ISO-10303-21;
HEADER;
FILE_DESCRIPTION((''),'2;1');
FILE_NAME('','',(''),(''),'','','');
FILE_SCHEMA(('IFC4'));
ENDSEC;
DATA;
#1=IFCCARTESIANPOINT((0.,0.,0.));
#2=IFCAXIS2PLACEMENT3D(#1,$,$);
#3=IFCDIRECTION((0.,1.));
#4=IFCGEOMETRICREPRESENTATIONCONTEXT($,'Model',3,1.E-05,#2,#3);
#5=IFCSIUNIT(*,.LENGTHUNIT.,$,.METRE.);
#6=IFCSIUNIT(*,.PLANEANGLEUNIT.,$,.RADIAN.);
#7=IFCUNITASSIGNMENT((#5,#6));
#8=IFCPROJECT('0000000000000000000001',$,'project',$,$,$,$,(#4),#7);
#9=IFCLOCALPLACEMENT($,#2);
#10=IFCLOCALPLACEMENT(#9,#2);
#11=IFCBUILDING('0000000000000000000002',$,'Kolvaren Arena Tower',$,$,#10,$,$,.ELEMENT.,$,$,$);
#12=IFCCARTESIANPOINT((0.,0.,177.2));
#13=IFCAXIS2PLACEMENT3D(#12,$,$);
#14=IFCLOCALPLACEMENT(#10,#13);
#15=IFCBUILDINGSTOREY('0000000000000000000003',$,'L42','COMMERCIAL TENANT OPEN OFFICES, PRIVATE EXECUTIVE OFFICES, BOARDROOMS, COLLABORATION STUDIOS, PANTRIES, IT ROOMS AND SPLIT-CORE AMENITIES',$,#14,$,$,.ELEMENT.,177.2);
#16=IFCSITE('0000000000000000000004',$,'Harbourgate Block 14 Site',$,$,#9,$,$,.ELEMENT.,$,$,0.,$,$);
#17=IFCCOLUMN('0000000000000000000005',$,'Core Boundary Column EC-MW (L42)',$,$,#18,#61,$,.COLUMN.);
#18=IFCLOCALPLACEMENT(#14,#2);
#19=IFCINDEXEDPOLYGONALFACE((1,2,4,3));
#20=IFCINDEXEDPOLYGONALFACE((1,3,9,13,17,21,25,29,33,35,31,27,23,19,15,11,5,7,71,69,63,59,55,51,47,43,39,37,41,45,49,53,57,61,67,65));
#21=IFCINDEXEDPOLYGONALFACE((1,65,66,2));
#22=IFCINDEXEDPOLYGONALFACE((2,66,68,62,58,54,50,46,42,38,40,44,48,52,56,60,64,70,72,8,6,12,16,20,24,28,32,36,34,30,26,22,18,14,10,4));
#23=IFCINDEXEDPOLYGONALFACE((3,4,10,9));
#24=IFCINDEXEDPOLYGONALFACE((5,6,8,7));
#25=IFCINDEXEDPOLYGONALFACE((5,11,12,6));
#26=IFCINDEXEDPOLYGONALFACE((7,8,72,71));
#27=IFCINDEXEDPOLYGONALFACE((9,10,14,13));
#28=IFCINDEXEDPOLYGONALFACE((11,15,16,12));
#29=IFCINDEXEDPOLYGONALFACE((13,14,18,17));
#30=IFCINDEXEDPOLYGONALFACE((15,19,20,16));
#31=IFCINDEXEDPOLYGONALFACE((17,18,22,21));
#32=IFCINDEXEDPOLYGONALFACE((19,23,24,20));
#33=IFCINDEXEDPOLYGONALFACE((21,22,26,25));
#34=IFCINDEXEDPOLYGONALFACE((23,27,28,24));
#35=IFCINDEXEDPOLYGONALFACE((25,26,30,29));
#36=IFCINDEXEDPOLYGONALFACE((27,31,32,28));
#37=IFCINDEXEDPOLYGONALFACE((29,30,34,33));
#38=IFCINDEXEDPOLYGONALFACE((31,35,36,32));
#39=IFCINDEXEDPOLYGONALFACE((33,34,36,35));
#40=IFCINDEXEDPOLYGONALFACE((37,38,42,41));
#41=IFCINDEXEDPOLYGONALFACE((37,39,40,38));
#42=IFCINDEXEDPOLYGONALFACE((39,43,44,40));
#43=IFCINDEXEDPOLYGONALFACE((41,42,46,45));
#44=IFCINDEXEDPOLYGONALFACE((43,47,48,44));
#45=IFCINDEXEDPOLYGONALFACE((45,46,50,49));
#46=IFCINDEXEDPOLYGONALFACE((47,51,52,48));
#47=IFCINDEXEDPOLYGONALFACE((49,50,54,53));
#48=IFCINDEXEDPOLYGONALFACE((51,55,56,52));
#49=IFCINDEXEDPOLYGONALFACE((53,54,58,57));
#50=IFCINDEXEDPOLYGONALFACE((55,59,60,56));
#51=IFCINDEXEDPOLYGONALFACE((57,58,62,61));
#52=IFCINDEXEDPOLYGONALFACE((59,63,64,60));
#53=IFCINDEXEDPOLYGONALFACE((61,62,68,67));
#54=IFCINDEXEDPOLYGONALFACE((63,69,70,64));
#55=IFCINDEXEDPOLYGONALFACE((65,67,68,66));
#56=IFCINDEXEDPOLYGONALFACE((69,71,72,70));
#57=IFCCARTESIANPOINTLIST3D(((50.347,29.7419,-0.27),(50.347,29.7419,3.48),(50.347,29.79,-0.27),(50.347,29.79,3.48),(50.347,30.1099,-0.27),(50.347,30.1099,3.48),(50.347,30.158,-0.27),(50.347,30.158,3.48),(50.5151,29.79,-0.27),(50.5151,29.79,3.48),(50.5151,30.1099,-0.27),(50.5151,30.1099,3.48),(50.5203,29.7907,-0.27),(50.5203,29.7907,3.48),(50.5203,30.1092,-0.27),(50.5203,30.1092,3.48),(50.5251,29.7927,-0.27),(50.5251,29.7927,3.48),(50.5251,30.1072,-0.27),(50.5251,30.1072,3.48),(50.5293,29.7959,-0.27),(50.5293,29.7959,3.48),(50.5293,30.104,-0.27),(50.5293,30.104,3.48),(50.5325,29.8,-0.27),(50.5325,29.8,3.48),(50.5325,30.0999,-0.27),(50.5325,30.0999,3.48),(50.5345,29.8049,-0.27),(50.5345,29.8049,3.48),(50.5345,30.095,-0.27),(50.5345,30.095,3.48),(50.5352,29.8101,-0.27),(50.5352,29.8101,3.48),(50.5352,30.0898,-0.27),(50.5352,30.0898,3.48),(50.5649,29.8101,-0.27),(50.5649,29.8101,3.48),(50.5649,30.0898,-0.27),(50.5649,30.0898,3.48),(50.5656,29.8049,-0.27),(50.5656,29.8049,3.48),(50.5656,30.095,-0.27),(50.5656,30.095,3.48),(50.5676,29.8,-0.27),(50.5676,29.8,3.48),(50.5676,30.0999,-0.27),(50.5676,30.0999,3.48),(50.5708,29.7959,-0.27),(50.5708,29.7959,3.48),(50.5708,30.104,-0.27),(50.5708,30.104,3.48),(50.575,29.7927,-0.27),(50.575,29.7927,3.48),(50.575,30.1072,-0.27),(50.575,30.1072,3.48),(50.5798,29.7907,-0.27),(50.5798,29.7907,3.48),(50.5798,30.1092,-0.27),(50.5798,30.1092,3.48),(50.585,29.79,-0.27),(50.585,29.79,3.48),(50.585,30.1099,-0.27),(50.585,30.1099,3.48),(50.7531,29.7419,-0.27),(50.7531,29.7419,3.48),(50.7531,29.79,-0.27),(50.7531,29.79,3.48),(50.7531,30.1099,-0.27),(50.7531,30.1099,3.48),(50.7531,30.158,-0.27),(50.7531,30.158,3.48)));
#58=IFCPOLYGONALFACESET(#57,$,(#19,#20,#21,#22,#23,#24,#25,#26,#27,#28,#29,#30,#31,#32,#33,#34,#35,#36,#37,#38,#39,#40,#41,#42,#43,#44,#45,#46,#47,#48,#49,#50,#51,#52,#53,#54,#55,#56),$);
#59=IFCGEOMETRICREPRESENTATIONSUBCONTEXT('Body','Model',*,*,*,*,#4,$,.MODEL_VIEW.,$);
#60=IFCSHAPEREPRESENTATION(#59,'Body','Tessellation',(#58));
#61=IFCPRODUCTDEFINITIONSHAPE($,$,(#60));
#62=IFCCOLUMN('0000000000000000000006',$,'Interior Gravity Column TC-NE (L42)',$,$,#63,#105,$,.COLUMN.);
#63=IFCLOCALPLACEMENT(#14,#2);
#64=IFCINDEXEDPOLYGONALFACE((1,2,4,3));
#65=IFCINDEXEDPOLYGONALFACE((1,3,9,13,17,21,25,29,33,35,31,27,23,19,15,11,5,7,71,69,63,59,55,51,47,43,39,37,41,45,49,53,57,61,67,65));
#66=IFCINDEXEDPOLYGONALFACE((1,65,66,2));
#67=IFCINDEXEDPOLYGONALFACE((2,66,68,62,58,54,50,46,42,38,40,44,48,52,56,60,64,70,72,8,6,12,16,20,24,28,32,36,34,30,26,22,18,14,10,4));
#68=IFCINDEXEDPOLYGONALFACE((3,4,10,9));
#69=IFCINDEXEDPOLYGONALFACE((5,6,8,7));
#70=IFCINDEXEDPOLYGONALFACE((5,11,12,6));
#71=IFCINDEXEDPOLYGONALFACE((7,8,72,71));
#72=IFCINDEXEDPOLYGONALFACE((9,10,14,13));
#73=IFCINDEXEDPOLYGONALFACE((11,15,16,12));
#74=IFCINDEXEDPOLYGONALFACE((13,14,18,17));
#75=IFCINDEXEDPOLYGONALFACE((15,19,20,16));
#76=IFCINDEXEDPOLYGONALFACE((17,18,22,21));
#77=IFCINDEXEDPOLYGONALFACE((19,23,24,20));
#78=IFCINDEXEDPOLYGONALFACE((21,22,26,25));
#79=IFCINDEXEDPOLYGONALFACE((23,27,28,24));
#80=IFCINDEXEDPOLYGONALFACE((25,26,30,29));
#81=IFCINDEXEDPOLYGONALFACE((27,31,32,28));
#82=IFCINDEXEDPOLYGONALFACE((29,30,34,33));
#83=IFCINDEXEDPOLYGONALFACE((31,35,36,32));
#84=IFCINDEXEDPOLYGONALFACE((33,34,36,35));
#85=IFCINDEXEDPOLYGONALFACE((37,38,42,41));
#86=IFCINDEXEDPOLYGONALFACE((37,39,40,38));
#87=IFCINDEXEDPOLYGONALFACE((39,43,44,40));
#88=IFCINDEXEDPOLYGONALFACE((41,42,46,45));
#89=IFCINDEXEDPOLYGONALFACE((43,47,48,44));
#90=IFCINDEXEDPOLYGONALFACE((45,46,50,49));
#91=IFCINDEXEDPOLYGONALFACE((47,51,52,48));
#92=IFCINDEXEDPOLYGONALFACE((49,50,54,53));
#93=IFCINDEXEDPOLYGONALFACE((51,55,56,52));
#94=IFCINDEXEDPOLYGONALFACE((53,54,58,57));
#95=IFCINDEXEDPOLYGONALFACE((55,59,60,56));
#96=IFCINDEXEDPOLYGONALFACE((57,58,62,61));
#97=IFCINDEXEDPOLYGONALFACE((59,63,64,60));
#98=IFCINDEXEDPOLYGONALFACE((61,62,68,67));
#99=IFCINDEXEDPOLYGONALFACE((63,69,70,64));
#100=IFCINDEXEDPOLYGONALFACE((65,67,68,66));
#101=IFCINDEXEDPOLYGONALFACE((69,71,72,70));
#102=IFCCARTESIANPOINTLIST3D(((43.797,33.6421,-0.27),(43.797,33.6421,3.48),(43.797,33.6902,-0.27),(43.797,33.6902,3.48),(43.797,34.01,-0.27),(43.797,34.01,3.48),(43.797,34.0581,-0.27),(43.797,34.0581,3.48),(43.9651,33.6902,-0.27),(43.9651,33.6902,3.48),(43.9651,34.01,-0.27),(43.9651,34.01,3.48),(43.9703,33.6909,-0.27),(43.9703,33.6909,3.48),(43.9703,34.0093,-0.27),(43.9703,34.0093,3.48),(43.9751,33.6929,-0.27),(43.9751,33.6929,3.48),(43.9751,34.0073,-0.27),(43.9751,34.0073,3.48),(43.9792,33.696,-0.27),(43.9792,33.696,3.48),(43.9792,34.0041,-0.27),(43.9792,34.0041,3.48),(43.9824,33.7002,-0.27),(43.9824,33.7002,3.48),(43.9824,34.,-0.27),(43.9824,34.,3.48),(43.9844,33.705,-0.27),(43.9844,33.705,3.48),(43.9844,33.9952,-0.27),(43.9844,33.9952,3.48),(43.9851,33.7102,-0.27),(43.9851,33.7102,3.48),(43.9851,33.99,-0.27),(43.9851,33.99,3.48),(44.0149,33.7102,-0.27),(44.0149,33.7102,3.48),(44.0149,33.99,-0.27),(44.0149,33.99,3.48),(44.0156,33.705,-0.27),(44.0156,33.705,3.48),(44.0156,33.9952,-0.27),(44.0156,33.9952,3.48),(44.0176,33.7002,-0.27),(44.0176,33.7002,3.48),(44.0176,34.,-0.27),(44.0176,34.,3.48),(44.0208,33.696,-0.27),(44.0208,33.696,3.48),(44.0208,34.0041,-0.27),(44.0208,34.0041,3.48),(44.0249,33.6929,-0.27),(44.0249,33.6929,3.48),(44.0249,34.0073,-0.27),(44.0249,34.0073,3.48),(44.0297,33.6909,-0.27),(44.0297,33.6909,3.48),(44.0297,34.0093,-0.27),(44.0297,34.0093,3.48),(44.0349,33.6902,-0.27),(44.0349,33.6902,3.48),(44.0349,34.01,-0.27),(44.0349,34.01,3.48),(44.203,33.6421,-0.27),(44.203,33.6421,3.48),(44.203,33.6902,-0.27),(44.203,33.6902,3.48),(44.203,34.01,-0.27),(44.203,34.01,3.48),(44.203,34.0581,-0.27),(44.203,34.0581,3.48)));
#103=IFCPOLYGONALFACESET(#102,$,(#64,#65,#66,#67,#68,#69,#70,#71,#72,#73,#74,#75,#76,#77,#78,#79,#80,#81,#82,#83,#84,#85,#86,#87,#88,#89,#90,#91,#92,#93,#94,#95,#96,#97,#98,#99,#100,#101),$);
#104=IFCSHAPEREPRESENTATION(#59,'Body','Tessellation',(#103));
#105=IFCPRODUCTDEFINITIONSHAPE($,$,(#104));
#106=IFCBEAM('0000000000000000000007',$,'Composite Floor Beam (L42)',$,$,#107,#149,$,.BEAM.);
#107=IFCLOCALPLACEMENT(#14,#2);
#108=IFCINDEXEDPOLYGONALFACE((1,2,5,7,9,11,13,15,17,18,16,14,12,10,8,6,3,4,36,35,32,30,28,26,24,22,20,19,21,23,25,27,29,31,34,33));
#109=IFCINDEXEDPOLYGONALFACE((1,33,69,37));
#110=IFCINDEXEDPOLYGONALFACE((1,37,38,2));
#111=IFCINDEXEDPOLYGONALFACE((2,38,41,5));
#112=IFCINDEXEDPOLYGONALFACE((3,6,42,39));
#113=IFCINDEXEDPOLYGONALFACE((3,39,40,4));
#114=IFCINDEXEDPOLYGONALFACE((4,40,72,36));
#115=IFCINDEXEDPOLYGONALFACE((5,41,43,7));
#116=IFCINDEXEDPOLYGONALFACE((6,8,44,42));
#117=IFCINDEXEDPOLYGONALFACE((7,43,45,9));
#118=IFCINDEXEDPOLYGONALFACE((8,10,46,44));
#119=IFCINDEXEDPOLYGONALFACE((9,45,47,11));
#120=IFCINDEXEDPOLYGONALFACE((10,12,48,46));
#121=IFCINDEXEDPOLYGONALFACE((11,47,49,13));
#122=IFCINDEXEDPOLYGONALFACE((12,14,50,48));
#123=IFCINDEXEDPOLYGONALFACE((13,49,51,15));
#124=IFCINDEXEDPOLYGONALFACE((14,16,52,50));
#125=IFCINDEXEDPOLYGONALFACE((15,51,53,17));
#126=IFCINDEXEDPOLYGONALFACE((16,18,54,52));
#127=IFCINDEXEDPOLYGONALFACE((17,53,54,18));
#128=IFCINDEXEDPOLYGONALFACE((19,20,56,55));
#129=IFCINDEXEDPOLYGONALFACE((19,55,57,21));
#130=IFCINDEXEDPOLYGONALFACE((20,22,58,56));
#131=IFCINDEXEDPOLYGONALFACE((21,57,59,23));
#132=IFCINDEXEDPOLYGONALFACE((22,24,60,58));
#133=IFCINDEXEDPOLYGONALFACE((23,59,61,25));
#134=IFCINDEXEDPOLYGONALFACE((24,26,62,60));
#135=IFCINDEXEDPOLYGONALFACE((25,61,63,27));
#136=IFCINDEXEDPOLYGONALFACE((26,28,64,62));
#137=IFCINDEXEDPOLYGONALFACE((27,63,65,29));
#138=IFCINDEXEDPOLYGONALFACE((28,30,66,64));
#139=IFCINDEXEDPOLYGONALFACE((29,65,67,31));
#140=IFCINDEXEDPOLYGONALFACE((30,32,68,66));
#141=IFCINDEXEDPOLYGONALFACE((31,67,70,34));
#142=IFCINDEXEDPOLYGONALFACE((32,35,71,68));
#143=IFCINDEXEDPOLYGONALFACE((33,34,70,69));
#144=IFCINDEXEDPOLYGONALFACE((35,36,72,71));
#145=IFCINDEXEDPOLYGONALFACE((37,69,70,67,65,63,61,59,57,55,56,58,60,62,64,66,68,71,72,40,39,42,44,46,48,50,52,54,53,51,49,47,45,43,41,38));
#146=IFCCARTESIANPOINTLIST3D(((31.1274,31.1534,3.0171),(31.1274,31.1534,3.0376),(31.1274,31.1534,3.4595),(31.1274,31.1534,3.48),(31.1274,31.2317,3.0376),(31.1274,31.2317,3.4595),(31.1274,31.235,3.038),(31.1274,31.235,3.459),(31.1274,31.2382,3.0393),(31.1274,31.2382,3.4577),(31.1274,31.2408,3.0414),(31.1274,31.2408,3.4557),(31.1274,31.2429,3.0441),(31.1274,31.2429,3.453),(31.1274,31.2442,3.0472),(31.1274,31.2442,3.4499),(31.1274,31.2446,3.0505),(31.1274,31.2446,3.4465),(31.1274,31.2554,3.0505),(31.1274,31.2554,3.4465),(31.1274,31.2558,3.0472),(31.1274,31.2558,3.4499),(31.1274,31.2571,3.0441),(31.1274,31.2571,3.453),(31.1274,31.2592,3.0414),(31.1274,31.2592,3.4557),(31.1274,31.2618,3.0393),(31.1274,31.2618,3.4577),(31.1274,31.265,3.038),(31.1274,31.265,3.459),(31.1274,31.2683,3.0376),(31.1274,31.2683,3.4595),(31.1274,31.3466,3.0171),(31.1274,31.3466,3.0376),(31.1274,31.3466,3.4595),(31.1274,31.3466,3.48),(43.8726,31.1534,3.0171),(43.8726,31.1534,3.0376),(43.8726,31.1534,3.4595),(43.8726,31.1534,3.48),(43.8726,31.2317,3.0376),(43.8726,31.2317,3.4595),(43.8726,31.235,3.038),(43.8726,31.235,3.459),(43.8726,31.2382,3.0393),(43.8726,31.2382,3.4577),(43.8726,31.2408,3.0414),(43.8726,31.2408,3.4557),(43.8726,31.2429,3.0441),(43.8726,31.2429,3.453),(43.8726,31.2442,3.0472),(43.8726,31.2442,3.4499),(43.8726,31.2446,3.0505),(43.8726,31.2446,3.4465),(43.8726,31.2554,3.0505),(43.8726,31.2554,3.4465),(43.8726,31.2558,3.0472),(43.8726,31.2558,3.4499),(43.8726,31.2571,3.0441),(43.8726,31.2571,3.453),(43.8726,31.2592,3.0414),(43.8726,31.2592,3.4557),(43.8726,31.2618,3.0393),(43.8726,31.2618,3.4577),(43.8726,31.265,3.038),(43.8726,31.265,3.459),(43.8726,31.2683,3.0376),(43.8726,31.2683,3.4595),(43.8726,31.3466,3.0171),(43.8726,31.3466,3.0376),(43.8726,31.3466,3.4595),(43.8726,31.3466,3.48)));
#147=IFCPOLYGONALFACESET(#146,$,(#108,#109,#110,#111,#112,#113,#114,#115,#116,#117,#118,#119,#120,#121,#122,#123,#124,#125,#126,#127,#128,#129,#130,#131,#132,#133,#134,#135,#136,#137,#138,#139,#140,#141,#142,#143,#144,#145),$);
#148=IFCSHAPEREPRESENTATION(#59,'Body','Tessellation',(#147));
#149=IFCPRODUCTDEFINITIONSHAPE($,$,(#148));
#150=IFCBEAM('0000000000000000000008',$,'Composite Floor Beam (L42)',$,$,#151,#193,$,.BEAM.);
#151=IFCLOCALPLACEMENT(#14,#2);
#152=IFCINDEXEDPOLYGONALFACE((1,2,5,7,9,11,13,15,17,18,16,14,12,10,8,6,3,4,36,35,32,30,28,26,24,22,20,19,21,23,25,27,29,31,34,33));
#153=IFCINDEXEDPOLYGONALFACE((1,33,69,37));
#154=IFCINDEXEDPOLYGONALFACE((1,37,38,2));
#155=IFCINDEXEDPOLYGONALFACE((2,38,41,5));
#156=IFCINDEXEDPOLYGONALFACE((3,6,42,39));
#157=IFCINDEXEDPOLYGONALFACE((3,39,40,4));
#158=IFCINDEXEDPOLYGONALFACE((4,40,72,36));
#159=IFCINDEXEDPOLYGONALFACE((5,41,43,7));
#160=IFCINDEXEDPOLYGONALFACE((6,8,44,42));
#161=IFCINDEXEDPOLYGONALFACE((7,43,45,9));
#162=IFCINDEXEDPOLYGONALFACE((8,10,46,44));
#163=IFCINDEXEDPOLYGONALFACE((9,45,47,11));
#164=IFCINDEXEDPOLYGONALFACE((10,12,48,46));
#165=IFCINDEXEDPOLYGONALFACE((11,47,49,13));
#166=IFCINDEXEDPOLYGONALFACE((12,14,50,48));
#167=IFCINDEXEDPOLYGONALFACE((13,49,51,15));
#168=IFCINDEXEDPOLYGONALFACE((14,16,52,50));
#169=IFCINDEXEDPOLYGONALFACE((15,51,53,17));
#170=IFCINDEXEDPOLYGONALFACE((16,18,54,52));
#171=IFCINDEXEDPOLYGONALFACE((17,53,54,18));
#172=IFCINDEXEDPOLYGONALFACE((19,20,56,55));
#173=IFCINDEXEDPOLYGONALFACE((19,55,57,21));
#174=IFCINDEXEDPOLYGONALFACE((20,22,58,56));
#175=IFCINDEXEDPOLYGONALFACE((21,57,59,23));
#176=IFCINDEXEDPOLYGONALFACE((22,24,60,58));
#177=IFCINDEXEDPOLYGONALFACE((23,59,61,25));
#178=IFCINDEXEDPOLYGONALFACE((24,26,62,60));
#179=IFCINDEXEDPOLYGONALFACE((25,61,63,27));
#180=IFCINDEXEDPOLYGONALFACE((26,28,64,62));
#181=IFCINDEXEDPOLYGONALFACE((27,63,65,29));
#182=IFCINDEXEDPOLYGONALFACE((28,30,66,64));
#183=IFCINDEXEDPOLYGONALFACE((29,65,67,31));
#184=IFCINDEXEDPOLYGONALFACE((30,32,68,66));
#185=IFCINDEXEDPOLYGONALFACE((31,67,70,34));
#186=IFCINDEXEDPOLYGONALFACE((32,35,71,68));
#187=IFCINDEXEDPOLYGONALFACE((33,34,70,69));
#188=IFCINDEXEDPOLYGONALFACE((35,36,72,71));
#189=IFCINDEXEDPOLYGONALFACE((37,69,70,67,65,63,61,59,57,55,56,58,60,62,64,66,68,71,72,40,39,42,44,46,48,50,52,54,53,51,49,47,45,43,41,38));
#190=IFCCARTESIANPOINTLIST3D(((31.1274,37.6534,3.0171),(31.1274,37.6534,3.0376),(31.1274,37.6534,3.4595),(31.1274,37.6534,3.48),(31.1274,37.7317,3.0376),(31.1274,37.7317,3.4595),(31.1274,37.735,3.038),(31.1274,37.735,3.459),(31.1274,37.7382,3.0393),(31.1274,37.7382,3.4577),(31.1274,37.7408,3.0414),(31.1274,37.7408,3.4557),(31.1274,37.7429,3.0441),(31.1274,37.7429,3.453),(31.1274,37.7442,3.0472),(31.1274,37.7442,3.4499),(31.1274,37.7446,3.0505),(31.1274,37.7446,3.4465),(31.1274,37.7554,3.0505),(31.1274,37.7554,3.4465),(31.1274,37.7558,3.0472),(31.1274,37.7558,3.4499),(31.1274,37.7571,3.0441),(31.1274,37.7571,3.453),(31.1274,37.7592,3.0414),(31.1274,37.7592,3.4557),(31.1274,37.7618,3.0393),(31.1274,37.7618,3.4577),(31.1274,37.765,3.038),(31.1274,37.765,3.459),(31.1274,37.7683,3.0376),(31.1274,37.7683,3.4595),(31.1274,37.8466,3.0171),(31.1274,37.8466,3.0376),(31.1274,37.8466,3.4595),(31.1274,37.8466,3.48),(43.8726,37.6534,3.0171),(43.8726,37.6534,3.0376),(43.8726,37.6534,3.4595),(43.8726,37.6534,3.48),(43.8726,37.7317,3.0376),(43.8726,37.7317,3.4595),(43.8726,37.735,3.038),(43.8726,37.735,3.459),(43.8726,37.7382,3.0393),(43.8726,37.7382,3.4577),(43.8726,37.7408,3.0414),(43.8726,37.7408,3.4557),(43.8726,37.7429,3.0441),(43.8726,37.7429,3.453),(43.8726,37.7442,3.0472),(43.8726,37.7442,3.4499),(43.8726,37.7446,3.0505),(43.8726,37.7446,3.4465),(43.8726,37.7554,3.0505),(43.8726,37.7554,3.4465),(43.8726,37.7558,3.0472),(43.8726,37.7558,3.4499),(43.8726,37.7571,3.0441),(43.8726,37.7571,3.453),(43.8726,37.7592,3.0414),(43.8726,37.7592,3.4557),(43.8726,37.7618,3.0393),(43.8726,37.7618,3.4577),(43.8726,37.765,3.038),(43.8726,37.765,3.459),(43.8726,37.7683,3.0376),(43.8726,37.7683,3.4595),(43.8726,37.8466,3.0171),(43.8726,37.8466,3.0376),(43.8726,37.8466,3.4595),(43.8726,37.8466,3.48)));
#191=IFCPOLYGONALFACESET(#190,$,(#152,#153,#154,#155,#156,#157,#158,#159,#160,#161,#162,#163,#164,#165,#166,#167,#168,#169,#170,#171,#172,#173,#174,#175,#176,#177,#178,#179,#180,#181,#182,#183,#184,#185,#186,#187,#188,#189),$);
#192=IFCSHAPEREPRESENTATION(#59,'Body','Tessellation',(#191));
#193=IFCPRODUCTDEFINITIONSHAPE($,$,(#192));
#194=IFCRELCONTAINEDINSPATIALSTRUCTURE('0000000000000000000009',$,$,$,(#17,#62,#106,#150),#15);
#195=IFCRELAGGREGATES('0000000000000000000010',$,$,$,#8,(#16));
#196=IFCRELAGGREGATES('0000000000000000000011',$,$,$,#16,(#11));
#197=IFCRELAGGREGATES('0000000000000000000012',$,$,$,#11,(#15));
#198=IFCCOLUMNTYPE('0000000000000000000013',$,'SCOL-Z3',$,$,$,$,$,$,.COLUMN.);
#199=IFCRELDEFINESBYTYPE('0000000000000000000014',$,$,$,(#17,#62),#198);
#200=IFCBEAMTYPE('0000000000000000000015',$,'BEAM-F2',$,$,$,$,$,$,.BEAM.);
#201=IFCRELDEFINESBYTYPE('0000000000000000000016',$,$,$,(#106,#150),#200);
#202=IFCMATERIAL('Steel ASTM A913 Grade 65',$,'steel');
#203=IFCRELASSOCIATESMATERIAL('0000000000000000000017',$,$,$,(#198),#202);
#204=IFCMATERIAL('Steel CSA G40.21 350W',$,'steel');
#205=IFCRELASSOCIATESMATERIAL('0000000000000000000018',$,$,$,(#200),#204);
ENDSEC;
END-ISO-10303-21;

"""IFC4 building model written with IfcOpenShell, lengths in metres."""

from ifc_helpers import new_model, si_unit, direction, frame, origin, origin_2d, place, context, subcontext, project, spatial, i_section, extrude, material, material_profile, profile_set, type_object, element, save


model = new_model("IFC4")

# Units and contexts
model_context = context("Model", 3, precision=1e-05, world=origin(), true_north=direction((0.0, 1.0)))
body_context = subcontext(model_context, "Body", "Model", "MODEL_VIEW")
ifc_project = project(units=[si_unit("LENGTHUNIT", "METRE"), si_unit("PLANEANGLEUNIT", "RADIAN")], contexts=[model_context])

# Site, building, storey
site_placement = place(None, origin())
site = spatial("IfcSite", under=ifc_project, at=site_placement, Name="Harbourgate Block 14 Site", CompositionType="ELEMENT", RefElevation=0.0)
building_placement = place(site_placement, origin())
building = spatial("IfcBuilding", under=site, at=building_placement, Name="Kolvaren Arena Tower", CompositionType="ELEMENT")
storey_placement = place(building_placement, frame((0.0, 0.0, 177.2)))
storey = spatial("IfcBuildingStorey", under=building, at=storey_placement, Name="L42", Description="COMMERCIAL TENANT OPEN OFFICES, PRIVATE EXECUTIVE OFFICES, BOARDROOMS, COLLABORATION STUDIOS, PANTRIES, IT ROOMS AND SPLIT-CORE AMENITIES", CompositionType="ELEMENT", Elevation=177.2)

# Columns
ifc_material_1 = material(Name="Steel ASTM A913 Grade 65", Category="steel")
ifc_material_profile_1 = material_profile(ifc_material_1, i_section(OverallWidth=0.406, OverallDepth=0.416, WebThickness=0.0298, FlangeThickness=0.0481, FilletRadius=0.02, at=origin_2d()), Name="W360x382")
ifc_profile_set_1 = profile_set([ifc_material_profile_1], Name="Steel ASTM A913 Grade 65")
column_type = type_object("IfcColumnType", Name="SCOL-Z3", PredefinedType="COLUMN", material=ifc_profile_set_1)
for number, where, z_axis, x_axis, name in (
    (1, (50.55, 29.95, -0.27), (0.0, 0.0, 1.0), (1.0, 0.0, 0.0), "Core Boundary Column EC-MW (L42)"),
    (2, (44.0, 33.8501, -0.27), (0.0, 0.0, 1.0), (1.0, 0.0, 0.0), "Interior Gravity Column TC-NE (L42)"),
):
    element("IfcColumn", number, at=place(storey_placement, frame(where, z_axis=z_axis, x_axis=x_axis)), inside=storey, type_object=column_type, Name=name, PredefinedType="COLUMN", context=body_context, shape_type="SweptSolid", body=[
        extrude(i_section(OverallWidth=0.406, OverallDepth=0.416, WebThickness=0.0298, FlangeThickness=0.0481, FilletRadius=0.02, at=origin_2d()), origin(), (0.0, 0.0, 1.0), 3.75),
    ])

# Beams
ifc_material_2 = material(Name="Steel CSA G40.21 350W", Category="steel")
ifc_material_profile_2 = material_profile(ifc_material_2, i_section(OverallWidth=0.1931, OverallDepth=0.4629, WebThickness=0.0107, FlangeThickness=0.0205, FilletRadius=0.0129, at=origin_2d()), Name="W460x113")
ifc_profile_set_2 = profile_set([ifc_material_profile_2], Name="Steel CSA G40.21 350W")
beam_type_1 = type_object("IfcBeamType", Name="BEAM-F2", PredefinedType="BEAM", material=ifc_profile_set_2)
for number, where, z_axis, x_axis, name in (
    (3, (31.1274, 31.25, 3.2485), (1.0, 0.0, 0.0), (0.0, 1.0, 0.0), "Composite Floor Beam (L42)"),
    (4, (31.1274, 37.75, 3.2485), (1.0, 0.0, 0.0), (0.0, 1.0, 0.0), "Composite Floor Beam (L42)"),
):
    element("IfcBeam", number, at=place(storey_placement, frame(where, z_axis=z_axis, x_axis=x_axis)), inside=storey, type_object=beam_type_1, Name=name, PredefinedType="BEAM", context=body_context, shape_type="SweptSolid", body=[
        extrude(i_section(OverallWidth=0.1931, OverallDepth=0.4629, WebThickness=0.0107, FlangeThickness=0.0205, FilletRadius=0.0129, at=origin_2d()), origin(), (0.0, 0.0, 1.0), 12.7451),
    ])

save(model, "model.ifc")
